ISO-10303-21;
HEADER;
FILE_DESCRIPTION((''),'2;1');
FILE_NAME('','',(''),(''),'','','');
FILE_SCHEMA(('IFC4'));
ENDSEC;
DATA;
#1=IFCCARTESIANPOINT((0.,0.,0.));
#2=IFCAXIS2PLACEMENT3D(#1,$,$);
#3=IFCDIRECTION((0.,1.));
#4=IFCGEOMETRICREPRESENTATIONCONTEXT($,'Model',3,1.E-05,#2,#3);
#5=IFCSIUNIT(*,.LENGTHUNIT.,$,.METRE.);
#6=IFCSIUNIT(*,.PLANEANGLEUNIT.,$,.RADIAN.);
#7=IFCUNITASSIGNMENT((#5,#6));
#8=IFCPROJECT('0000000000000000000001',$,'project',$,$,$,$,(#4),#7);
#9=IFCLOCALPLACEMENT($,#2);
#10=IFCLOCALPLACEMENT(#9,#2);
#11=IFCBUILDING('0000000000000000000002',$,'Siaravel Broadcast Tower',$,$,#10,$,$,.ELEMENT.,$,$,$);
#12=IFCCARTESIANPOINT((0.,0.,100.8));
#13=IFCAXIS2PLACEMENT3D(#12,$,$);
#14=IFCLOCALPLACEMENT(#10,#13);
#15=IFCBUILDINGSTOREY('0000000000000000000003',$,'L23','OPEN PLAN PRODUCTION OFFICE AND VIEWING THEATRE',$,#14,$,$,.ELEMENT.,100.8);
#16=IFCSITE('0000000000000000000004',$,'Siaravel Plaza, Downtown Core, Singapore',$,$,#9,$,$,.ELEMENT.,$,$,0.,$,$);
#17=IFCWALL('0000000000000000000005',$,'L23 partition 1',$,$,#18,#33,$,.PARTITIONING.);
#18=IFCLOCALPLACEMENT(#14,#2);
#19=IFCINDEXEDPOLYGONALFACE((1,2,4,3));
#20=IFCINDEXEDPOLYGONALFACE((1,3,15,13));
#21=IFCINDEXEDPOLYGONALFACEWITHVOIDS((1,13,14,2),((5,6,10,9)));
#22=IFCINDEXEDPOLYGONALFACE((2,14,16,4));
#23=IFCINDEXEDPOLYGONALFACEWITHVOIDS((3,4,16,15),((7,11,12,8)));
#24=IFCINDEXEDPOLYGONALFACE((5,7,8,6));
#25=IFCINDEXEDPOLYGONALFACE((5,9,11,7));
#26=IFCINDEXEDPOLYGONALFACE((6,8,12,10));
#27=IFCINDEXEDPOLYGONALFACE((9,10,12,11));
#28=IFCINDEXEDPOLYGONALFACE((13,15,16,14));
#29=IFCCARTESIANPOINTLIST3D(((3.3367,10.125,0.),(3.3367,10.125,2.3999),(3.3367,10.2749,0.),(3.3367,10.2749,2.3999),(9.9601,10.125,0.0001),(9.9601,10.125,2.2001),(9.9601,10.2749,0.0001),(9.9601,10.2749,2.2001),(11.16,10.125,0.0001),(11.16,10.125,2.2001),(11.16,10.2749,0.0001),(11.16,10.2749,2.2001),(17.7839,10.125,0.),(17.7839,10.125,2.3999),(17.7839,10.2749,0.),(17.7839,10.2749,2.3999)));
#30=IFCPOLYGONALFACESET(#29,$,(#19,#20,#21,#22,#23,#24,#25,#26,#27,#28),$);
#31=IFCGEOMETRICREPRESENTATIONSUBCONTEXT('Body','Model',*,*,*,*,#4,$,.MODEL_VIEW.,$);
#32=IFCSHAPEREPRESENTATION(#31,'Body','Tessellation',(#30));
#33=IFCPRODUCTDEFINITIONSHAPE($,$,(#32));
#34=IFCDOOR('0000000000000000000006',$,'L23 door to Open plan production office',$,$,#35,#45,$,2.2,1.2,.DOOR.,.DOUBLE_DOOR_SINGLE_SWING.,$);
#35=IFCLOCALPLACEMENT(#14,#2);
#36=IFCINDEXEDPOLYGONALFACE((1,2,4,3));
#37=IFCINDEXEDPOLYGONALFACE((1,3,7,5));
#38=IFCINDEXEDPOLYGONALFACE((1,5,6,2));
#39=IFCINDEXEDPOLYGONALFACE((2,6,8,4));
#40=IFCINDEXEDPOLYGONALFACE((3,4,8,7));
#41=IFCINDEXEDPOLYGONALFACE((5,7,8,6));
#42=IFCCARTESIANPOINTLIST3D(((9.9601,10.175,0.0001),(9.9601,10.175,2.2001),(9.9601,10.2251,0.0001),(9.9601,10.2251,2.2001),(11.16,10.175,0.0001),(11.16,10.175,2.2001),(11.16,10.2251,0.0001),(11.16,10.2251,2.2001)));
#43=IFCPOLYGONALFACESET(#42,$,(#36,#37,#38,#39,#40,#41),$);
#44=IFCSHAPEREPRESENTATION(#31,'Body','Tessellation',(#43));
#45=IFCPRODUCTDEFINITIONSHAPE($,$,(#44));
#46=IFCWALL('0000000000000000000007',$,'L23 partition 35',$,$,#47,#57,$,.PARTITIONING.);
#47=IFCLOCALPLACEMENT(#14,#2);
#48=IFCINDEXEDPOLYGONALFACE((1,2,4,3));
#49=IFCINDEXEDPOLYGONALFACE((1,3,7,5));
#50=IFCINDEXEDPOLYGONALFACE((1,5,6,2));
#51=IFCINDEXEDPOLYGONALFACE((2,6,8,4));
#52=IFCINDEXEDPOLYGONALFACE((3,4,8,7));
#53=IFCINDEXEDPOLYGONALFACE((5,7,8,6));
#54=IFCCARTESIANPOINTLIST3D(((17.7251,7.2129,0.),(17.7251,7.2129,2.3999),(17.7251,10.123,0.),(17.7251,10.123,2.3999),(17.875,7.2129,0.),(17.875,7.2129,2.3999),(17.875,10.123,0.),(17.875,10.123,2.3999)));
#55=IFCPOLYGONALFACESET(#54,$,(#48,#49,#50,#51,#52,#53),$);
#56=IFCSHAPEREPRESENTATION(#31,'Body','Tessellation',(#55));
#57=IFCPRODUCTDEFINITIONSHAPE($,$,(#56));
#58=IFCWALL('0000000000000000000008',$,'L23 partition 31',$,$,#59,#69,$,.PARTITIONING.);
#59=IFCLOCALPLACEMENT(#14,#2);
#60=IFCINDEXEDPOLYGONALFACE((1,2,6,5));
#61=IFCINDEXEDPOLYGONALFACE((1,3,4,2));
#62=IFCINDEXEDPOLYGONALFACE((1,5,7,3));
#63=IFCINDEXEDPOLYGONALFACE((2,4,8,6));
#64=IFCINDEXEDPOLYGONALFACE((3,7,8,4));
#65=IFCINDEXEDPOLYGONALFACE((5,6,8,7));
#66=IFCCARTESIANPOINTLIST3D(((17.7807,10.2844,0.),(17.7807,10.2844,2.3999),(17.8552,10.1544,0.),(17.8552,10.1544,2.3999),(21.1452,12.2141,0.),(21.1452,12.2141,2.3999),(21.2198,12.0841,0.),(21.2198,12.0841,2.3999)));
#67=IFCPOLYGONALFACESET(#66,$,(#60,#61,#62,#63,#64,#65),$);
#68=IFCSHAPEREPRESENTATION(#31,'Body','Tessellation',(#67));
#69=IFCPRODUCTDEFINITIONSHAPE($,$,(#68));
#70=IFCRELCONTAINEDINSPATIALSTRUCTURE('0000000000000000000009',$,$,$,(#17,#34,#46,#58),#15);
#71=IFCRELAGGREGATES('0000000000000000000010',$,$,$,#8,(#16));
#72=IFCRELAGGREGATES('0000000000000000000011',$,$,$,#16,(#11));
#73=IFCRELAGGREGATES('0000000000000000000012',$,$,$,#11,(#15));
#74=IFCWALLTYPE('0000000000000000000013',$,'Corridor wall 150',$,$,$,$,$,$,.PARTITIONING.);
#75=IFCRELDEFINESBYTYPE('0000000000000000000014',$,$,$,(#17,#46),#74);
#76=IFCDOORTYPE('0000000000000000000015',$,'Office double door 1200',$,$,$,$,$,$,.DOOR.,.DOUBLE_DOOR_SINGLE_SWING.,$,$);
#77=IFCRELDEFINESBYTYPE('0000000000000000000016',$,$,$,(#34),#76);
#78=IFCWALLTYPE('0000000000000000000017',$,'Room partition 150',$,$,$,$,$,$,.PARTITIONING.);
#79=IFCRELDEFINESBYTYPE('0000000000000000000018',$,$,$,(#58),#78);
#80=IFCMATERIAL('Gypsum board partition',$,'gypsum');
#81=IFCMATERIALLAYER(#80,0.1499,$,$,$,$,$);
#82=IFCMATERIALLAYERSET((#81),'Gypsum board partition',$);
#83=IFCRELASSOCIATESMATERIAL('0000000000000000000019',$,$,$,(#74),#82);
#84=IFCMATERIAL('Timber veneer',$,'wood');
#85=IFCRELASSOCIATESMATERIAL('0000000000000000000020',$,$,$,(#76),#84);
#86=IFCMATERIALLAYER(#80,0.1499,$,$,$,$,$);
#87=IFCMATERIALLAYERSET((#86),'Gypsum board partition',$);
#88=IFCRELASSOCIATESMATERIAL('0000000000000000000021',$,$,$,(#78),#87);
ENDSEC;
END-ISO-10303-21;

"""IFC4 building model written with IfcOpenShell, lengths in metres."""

from ifc_helpers import new_model, si_unit, direction, frame, frame_2d, origin, place, context, subcontext, project, spatial, rectangle, extrude, material, layer, layer_set, type_object, element, fill, save


model = new_model("IFC4")

# Units and contexts
model_context = context("Model", 3, precision=1e-05, world=origin(), true_north=direction((0.0, 1.0)))
body_context = subcontext(model_context, "Body", "Model", "MODEL_VIEW")
ifc_project = project(units=[si_unit("LENGTHUNIT", "METRE"), si_unit("PLANEANGLEUNIT", "RADIAN")], contexts=[model_context])

# Site, building, storey
site_placement = place(None, origin())
site = spatial("IfcSite", under=ifc_project, at=site_placement, Name="Siaravel Plaza, Downtown Core, Singapore", CompositionType="ELEMENT", RefElevation=0.0)
building_placement = place(site_placement, origin())
building = spatial("IfcBuilding", under=site, at=building_placement, Name="Siaravel Broadcast Tower", CompositionType="ELEMENT")
storey_placement = place(building_placement, frame((0.0, 0.0, 100.8)))
storey = spatial("IfcBuildingStorey", under=building, at=storey_placement, Name="L23", Description="OPEN PLAN PRODUCTION OFFICE AND VIEWING THEATRE", CompositionType="ELEMENT", Elevation=100.8)

# Wall, opening, door
ifc_material_1 = material(Name="Gypsum board partition", Category="gypsum")
ifc_layer_1 = layer(ifc_material_1, 0.1499)
ifc_layer_set_1 = layer_set([ifc_layer_1], Name="Gypsum board partition")
wall_type_1 = type_object("IfcWallType", Name="Corridor wall 150", PredefinedType="PARTITIONING", material=ifc_layer_set_1)
wall_1_placement = place(storey_placement, frame((17.7839, 10.2, 0.0), z_axis=(0.0, 0.0, 1.0), x_axis=(-1.0, 0.0, 0.0)))
wall_1 = element("IfcWall", 1, at=wall_1_placement, inside=storey, type_object=wall_type_1, Name="L23 partition 1", PredefinedType="PARTITIONING", context=body_context, shape_type="SweptSolid", body=[
    extrude(rectangle(XDim=14.4473, YDim=0.1499, at=frame_2d((7.2236, 0.0))), origin(), (0.0, 0.0, 1.0), 2.3999),
])
opening_placement = place(wall_1_placement, frame((6.6238, 0.0, 0.0)))
opening = element("IfcOpeningElement", 2, at=opening_placement, cuts=wall_1, PredefinedType="OPENING", context=body_context, shape_type="SweptSolid", body=[
    extrude(rectangle(XDim=1.2, YDim=2.2, at=frame_2d((0.6001, 1.1001))), frame((0.0, 0.085, 0.0), z_axis=(0.0, -1.0, 0.0), x_axis=(1.0, 0.0, 0.0)), (0.0, 0.0, 1.0), 0.1699),
])
ifc_material_2 = material(Name="Timber veneer", Category="wood")
door_type = type_object("IfcDoorType", Name="Office double door 1200", OperationType="DOUBLE_DOOR_SINGLE_SWING", PredefinedType="DOOR", material=ifc_material_2)
door_placement = place(opening_placement, origin())
door = element("IfcDoor", 3, at=door_placement, inside=storey, type_object=door_type, Name="L23 door to Open plan production office", OperationType="DOUBLE_DOOR_SINGLE_SWING", OverallHeight=2.2, OverallWidth=1.2, PredefinedType="DOOR", context=body_context, shape_type="SweptSolid", body=[
    extrude(rectangle(XDim=1.2, YDim=2.2, at=frame_2d((0.6001, 1.1001))), frame((0.0, 0.0249, 0.0), z_axis=(0.0, -1.0, 0.0), x_axis=(1.0, 0.0, 0.0)), (0.0, 0.0, 1.0), 0.05),
])
fill(opening, door)

# Walls
wall_2_placement = place(storey_placement, frame((17.8, 7.2129, 0.0), z_axis=(0.0, 0.0, 1.0), x_axis=(0.0, 1.0, 0.0)))
element("IfcWall", 4, at=wall_2_placement, inside=storey, type_object=wall_type_1, Name="L23 partition 35", PredefinedType="PARTITIONING", context=body_context, shape_type="SweptSolid", body=[
    extrude(rectangle(XDim=2.9102, YDim=0.1499, at=frame_2d((1.4551, 0.0))), origin(), (0.0, 0.0, 1.0), 2.3999),
])
ifc_layer_2 = layer(ifc_material_1, 0.1499)
ifc_layer_set_2 = layer_set([ifc_layer_2], Name="Gypsum board partition")
wall_type_2 = type_object("IfcWallType", Name="Room partition 150", PredefinedType="PARTITIONING", material=ifc_layer_set_2)
wall_3_placement = place(storey_placement, frame((21.1826, 12.1492, 0.0), z_axis=(0.0, 0.0, 1.0), x_axis=(-0.867452, -0.497521, 0.0)))
element("IfcWall", 5, at=wall_3_placement, inside=storey, type_object=wall_type_2, Name="L23 partition 31", PredefinedType="PARTITIONING", context=body_context, shape_type="SweptSolid", body=[
    extrude(rectangle(XDim=3.8787, YDim=0.1499, at=frame_2d((1.9395, 0.0))), origin(), (0.0, 0.0, 1.0), 2.3999),
])

save(model, "model.ifc")
